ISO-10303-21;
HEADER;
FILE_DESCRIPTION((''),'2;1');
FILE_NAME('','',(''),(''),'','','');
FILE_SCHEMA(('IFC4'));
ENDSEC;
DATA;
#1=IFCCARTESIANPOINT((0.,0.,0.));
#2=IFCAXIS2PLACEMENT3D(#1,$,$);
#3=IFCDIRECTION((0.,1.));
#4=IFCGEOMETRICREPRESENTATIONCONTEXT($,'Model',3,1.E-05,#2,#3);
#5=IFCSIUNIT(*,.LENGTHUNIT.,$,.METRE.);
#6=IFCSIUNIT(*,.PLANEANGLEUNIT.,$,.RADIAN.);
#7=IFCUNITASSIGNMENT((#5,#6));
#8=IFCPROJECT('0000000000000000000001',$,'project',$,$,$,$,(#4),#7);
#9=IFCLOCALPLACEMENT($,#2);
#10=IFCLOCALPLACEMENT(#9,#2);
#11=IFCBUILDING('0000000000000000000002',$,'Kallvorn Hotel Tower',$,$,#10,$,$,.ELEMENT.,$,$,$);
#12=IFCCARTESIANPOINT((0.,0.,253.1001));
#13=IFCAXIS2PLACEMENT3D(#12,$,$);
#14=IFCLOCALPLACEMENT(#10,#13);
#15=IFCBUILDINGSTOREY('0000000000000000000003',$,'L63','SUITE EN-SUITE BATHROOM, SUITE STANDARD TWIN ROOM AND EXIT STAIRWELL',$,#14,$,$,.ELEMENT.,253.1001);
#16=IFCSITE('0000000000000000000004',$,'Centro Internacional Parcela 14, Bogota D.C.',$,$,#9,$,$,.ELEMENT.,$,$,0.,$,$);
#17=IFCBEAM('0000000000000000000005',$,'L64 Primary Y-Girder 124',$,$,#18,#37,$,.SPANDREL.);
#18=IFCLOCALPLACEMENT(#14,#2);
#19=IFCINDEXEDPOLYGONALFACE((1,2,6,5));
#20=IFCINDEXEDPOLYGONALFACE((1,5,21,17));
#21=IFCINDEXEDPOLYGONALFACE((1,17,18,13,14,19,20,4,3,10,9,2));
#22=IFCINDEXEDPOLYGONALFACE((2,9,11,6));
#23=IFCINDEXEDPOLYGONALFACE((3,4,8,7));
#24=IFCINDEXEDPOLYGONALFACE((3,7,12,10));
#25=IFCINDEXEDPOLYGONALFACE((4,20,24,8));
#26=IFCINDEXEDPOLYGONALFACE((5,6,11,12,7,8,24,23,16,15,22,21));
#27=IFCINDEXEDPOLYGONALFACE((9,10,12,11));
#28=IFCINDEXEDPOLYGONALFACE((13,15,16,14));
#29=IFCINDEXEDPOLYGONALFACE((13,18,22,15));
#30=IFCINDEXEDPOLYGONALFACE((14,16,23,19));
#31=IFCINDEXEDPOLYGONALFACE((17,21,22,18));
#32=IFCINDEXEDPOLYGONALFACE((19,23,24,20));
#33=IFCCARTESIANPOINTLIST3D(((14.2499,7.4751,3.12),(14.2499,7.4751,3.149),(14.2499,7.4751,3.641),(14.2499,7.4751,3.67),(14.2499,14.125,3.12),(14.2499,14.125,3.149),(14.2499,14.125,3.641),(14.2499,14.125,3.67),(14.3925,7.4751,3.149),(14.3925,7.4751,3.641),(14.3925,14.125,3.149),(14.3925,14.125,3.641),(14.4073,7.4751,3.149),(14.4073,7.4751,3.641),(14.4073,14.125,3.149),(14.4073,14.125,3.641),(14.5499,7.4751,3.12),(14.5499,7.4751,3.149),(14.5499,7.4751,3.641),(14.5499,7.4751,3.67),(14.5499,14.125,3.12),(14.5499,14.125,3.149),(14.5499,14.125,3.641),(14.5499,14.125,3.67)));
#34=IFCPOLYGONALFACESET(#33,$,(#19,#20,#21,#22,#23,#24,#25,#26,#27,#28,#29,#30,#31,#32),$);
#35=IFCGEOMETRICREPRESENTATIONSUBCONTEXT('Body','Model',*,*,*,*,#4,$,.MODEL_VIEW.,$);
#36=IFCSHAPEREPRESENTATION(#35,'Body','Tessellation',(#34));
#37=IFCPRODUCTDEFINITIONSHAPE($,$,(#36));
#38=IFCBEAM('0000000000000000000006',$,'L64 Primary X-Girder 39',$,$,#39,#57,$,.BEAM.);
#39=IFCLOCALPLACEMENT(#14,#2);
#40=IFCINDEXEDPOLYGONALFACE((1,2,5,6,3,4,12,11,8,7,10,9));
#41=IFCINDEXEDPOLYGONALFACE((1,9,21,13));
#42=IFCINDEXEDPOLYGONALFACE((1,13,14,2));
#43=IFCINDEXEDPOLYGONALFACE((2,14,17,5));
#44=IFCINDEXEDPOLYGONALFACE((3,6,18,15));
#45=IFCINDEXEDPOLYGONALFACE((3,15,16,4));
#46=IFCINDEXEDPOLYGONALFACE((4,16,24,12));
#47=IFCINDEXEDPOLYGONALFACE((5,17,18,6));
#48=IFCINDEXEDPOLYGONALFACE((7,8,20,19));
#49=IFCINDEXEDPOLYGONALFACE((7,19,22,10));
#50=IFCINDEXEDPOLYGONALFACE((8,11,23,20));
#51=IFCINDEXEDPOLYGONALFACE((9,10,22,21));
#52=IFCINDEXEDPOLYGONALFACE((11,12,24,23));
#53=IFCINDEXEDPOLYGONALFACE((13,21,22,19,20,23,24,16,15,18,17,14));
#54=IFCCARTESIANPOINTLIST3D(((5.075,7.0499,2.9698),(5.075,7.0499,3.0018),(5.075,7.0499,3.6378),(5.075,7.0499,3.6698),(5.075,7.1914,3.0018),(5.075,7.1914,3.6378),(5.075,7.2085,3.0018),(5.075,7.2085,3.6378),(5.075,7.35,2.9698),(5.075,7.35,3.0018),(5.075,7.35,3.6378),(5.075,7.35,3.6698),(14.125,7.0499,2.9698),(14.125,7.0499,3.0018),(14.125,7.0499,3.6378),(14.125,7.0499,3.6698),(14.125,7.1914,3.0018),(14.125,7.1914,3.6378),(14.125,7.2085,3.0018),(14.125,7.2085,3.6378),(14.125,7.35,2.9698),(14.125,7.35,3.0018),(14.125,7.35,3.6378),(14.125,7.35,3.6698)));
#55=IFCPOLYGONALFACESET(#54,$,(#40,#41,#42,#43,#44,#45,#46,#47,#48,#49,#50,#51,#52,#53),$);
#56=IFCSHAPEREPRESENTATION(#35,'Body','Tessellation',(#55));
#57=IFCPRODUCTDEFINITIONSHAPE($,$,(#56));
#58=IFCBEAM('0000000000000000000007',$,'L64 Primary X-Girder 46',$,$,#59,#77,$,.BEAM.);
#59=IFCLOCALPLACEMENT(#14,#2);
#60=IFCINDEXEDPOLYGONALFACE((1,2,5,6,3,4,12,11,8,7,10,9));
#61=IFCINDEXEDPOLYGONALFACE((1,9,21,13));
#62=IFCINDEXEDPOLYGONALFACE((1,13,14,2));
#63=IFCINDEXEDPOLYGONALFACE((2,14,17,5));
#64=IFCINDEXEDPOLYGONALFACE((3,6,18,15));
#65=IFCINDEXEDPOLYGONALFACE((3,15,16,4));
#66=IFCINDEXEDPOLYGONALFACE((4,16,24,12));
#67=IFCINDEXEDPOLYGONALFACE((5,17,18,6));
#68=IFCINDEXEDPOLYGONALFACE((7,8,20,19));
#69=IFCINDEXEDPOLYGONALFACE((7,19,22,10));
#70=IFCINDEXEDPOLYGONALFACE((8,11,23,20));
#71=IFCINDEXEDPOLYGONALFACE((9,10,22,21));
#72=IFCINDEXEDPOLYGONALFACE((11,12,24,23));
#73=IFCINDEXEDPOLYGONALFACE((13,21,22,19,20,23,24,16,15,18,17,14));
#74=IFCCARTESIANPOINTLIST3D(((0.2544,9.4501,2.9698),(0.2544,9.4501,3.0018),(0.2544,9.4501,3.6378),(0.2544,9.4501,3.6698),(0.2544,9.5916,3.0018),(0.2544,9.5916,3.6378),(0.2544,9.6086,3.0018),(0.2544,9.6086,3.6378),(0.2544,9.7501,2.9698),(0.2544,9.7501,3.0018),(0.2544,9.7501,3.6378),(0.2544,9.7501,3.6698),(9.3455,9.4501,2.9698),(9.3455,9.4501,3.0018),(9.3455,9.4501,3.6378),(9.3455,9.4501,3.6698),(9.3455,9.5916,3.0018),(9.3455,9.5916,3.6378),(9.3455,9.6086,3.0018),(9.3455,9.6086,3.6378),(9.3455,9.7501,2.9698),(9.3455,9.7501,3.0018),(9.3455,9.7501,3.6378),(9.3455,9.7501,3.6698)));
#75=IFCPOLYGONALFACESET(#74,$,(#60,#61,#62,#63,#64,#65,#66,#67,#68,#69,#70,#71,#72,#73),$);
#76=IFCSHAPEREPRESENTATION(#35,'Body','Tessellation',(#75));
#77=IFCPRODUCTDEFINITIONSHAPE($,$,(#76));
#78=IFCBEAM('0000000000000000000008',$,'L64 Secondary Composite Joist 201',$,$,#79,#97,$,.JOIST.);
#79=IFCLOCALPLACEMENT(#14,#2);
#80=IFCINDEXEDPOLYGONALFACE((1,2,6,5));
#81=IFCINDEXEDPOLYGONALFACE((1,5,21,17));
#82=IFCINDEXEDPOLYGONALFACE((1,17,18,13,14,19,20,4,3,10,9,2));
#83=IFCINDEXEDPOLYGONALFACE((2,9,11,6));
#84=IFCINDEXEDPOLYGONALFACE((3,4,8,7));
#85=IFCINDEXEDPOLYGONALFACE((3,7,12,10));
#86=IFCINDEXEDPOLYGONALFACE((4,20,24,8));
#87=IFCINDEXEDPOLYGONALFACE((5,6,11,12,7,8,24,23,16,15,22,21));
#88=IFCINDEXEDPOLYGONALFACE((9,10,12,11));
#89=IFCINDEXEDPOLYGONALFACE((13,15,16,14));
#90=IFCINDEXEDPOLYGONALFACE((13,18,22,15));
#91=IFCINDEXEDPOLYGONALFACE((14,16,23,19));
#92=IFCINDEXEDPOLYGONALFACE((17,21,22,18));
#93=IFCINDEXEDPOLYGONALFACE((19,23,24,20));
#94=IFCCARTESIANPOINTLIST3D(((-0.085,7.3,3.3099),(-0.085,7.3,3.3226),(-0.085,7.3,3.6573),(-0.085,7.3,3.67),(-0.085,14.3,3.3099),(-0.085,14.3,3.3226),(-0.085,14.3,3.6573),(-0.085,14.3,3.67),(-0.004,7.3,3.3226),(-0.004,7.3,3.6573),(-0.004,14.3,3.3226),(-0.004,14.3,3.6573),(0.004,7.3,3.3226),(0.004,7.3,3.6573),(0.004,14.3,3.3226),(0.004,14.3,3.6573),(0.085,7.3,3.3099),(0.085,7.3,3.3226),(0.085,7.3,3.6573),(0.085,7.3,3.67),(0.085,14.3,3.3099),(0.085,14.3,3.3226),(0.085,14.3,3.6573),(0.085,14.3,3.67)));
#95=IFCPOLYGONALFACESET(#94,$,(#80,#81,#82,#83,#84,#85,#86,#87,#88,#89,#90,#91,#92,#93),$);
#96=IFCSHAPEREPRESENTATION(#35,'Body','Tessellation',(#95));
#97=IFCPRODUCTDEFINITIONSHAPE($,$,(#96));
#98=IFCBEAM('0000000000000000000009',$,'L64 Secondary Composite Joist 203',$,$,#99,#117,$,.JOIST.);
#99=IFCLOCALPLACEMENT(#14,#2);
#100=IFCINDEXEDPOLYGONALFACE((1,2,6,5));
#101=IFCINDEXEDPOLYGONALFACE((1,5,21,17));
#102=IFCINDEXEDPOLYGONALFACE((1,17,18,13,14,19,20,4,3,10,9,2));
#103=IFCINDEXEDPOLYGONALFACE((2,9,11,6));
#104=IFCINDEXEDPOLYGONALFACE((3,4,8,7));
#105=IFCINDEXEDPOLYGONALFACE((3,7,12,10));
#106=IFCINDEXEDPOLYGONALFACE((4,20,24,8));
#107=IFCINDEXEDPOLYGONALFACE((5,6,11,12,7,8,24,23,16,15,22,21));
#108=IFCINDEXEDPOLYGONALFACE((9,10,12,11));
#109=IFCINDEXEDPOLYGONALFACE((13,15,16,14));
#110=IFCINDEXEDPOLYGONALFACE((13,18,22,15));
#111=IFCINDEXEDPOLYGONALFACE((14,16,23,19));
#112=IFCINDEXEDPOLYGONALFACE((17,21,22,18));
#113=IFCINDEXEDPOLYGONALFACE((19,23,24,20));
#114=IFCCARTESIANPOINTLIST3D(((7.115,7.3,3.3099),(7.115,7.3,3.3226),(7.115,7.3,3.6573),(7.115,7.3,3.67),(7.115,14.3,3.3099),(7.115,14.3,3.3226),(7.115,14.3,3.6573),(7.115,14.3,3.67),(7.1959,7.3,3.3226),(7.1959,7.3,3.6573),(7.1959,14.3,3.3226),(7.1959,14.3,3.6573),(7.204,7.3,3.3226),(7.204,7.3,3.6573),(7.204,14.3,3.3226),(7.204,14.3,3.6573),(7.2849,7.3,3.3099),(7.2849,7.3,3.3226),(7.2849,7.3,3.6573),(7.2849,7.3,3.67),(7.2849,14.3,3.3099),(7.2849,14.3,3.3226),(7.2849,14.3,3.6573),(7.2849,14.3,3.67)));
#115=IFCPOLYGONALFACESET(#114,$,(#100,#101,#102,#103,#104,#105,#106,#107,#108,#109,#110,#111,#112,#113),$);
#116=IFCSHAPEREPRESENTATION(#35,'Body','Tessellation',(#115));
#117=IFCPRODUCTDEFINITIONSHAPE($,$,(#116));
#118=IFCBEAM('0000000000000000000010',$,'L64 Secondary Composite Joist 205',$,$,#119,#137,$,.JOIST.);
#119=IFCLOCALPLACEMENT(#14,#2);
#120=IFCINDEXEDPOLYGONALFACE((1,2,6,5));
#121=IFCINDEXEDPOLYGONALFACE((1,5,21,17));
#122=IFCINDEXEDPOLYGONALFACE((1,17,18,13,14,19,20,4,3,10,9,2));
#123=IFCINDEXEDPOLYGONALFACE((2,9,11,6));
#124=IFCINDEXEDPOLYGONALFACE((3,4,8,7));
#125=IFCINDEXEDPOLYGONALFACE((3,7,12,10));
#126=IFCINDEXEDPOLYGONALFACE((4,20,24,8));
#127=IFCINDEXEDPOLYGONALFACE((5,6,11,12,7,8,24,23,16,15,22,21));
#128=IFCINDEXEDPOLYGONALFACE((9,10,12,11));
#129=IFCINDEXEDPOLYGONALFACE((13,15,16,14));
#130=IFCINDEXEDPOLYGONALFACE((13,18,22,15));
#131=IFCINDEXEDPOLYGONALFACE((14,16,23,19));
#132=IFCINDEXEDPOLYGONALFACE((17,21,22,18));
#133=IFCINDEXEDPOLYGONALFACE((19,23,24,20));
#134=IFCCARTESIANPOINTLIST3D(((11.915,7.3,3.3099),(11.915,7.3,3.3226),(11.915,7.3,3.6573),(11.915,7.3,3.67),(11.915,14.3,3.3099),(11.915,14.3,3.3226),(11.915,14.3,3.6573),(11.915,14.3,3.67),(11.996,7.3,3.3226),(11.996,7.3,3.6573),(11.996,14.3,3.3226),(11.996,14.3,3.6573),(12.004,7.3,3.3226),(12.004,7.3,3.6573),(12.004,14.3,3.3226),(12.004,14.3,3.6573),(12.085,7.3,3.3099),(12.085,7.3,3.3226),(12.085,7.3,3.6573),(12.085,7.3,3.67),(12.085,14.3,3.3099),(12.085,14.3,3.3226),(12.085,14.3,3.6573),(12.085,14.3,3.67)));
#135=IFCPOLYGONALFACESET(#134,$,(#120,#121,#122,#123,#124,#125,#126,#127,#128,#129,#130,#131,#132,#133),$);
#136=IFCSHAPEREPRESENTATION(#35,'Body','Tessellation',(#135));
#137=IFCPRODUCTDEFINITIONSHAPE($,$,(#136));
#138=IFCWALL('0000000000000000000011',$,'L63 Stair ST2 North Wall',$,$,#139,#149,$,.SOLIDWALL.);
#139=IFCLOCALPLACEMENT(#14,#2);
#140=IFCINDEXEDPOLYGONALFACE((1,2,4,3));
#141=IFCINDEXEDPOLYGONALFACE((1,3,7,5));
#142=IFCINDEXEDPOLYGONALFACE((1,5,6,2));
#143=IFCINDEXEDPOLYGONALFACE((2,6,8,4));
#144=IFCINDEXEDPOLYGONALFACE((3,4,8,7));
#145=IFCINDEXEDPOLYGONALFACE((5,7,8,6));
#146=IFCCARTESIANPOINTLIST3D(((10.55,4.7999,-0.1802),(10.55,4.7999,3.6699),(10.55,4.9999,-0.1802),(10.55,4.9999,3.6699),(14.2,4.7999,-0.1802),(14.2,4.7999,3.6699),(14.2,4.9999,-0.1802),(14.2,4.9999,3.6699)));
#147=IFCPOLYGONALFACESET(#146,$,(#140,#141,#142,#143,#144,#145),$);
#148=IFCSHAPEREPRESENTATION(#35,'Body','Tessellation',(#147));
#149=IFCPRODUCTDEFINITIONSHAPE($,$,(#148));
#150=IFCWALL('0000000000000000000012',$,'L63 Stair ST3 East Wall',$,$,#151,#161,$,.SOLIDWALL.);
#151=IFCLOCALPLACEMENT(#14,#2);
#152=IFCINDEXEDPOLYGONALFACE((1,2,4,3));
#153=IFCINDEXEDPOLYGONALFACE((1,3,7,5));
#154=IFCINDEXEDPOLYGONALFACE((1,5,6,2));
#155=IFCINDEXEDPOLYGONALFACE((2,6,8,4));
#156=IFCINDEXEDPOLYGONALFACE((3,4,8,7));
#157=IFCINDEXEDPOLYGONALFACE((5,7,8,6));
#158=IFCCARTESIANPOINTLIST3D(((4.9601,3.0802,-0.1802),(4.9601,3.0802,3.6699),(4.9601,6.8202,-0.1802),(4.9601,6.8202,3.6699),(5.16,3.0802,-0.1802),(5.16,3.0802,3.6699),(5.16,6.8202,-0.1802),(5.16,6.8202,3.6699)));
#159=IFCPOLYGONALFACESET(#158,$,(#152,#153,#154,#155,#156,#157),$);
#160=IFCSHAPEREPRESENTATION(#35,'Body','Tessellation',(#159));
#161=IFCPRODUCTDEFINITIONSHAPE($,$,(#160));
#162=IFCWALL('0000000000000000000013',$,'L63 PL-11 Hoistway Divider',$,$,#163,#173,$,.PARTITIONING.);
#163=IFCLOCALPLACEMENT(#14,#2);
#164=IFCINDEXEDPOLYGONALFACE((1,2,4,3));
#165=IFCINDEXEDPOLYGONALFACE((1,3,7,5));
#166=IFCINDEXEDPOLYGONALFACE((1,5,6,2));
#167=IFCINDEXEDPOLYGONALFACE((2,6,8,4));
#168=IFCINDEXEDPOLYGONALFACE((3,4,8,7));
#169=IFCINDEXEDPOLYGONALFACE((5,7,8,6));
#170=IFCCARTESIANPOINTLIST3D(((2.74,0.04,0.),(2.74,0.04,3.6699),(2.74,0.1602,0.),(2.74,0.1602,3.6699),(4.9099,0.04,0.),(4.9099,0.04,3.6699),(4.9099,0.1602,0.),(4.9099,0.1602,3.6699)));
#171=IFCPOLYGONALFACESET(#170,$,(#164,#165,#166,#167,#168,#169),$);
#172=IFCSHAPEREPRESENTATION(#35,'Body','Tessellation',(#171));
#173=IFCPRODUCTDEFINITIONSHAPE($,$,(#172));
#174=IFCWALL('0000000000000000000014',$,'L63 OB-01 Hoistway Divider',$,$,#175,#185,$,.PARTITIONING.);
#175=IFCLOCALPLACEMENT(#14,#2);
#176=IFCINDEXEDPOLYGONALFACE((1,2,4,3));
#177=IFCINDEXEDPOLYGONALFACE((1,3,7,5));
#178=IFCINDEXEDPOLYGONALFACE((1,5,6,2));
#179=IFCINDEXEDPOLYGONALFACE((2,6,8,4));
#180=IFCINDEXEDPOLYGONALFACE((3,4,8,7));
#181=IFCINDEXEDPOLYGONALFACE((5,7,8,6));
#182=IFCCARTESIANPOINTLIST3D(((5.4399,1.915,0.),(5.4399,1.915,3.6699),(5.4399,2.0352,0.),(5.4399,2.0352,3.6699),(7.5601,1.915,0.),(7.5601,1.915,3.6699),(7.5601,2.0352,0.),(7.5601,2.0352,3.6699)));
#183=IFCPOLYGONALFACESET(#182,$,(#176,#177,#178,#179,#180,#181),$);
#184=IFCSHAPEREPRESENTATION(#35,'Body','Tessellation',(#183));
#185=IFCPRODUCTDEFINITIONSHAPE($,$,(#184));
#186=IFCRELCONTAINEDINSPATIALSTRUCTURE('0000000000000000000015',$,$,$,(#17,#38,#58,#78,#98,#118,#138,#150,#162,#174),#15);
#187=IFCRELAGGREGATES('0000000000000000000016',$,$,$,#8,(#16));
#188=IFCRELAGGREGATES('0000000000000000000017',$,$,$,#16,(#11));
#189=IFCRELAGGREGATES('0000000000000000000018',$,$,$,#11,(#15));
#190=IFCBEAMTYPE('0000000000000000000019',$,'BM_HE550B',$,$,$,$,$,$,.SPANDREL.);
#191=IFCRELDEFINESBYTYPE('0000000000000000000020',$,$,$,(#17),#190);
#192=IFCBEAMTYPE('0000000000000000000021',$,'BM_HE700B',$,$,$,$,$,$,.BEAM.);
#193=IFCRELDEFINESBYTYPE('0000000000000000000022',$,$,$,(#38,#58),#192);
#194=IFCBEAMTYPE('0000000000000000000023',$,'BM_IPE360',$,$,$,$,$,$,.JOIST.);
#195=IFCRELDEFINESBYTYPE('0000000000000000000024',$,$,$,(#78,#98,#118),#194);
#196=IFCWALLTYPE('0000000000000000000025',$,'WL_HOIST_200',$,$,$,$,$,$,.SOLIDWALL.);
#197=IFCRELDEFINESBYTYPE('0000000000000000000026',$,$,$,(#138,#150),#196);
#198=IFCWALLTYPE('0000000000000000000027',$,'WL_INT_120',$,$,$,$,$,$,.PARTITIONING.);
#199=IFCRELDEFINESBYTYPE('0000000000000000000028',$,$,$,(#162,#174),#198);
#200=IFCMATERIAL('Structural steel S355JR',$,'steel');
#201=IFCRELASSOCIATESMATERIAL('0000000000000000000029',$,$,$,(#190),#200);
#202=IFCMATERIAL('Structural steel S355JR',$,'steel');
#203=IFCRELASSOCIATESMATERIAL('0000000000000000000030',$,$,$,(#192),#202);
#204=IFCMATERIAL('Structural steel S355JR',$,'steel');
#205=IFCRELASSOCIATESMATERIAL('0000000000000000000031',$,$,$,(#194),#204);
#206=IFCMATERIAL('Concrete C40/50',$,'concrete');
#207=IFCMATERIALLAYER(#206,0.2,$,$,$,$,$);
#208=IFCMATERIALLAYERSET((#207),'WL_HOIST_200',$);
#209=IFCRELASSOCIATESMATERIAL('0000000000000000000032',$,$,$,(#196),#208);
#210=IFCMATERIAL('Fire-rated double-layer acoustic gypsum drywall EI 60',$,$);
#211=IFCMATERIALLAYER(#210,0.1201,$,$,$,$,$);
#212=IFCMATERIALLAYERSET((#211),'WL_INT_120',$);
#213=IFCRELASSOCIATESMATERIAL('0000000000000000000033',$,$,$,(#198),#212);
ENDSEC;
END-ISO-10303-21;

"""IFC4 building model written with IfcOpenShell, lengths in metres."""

from ifc_helpers import new_model, si_unit, direction, frame, frame_2d, origin, origin_2d, place, context, subcontext, project, spatial, rectangle, i_section, extrude, material, layer, layer_set, material_profile, profile_set, type_object, element, save


model = new_model("IFC4")

# Units and contexts
model_context = context("Model", 3, precision=1e-05, world=origin(), true_north=direction((0.0, 1.0)))
body_context = subcontext(model_context, "Body", "Model", "MODEL_VIEW")
ifc_project = project(units=[si_unit("LENGTHUNIT", "METRE"), si_unit("PLANEANGLEUNIT", "RADIAN")], contexts=[model_context])

# Site, building, storey
site_placement = place(None, origin())
site = spatial("IfcSite", under=ifc_project, at=site_placement, Name="Centro Internacional Parcela 14, Bogota D.C.", CompositionType="ELEMENT", RefElevation=0.0)
building_placement = place(site_placement, origin())
building = spatial("IfcBuilding", under=site, at=building_placement, Name="Kallvorn Hotel Tower", CompositionType="ELEMENT")
storey_placement = place(building_placement, frame((0.0, 0.0, 253.1001)))
storey = spatial("IfcBuildingStorey", under=building, at=storey_placement, Name="L63", Description="SUITE EN-SUITE BATHROOM, SUITE STANDARD TWIN ROOM AND EXIT STAIRWELL", CompositionType="ELEMENT", Elevation=253.1001)

# Beams
ifc_material_1 = material(Name="Structural steel S355JR", Category="steel")
ifc_material_profile_1 = material_profile(ifc_material_1, i_section(OverallWidth=0.3, OverallDepth=0.55, WebThickness=0.0149, FlangeThickness=0.0291, at=origin_2d()), Name="HE 550 B")
ifc_profile_set_1 = profile_set([ifc_material_profile_1], Name="Structural steel S355JR")
beam_type_1 = type_object("IfcBeamType", Name="BM_HE550B", PredefinedType="SPANDREL", material=ifc_profile_set_1)
for number, where, z_axis, x_axis, name in (
    (1, (14.3999, 7.4751, 3.395), (0.0, 1.0, 0.0), (-1.0, 0.0, 0.0), "L64 Primary Y-Girder 124"),
):
    element("IfcBeam", number, at=place(storey_placement, frame(where, z_axis=z_axis, x_axis=x_axis)), inside=storey, type_object=beam_type_1, Name=name, PredefinedType="SPANDREL", context=body_context, shape_type="SweptSolid", body=[
        extrude(i_section(OverallWidth=0.3, OverallDepth=0.55, WebThickness=0.0149, FlangeThickness=0.0291, at=origin_2d()), origin(), (0.0, 0.0, 1.0), 6.6499),
    ])
ifc_material_2 = material(Name="Structural steel S355JR", Category="steel")
ifc_material_profile_2 = material_profile(ifc_material_2, i_section(OverallWidth=0.3, OverallDepth=0.7, WebThickness=0.0171, FlangeThickness=0.032, at=origin_2d()), Name="HE 700 B")
ifc_profile_set_2 = profile_set([ifc_material_profile_2], Name="Structural steel S355JR")
beam_type_2 = type_object("IfcBeamType", Name="BM_HE700B", PredefinedType="BEAM", material=ifc_profile_set_2)
beam_1_placement = place(storey_placement, frame((5.075, 7.2, 3.3198), z_axis=(1.0, 0.0, 0.0), x_axis=(0.0, 1.0, 0.0)))
element("IfcBeam", 2, at=beam_1_placement, inside=storey, type_object=beam_type_2, Name="L64 Primary X-Girder 39", PredefinedType="BEAM", context=body_context, shape_type="SweptSolid", body=[
    extrude(i_section(OverallWidth=0.3, OverallDepth=0.7, WebThickness=0.0171, FlangeThickness=0.032, at=origin_2d()), origin(), (0.0, 0.0, 1.0), 9.05),
])
beam_2_placement = place(storey_placement, frame((0.2544, 9.6001, 3.3198), z_axis=(1.0, 0.0, 0.0), x_axis=(0.0, 1.0, 0.0)))
element("IfcBeam", 3, at=beam_2_placement, inside=storey, type_object=beam_type_2, Name="L64 Primary X-Girder 46", PredefinedType="BEAM", context=body_context, shape_type="SweptSolid", body=[
    extrude(i_section(OverallWidth=0.3, OverallDepth=0.7, WebThickness=0.0171, FlangeThickness=0.032, at=origin_2d()), origin(), (0.0, 0.0, 1.0), 9.0911),
])
ifc_material_3 = material(Name="Structural steel S355JR", Category="steel")
ifc_material_profile_3 = material_profile(ifc_material_3, i_section(OverallWidth=0.1699, OverallDepth=0.3601, WebThickness=0.0081, FlangeThickness=0.0127, at=origin_2d()), Name="IPE 360")
ifc_profile_set_3 = profile_set([ifc_material_profile_3], Name="Structural steel S355JR")
beam_type_3 = type_object("IfcBeamType", Name="BM_IPE360", PredefinedType="JOIST", material=ifc_profile_set_3)
for number, where, z_axis, x_axis, name in (
    (4, (0.0, 7.3, 3.49), (0.0, 1.0, 0.0), (-1.0, 0.0, 0.0), "L64 Secondary Composite Joist 201"),
    (5, (7.2, 7.3, 3.49), (0.0, 1.0, 0.0), (-1.0, 0.0, 0.0), "L64 Secondary Composite Joist 203"),
    (6, (12.0, 7.3, 3.49), (0.0, 1.0, 0.0), (-1.0, 0.0, 0.0), "L64 Secondary Composite Joist 205"),
):
    element("IfcBeam", number, at=place(storey_placement, frame(where, z_axis=z_axis, x_axis=x_axis)), inside=storey, type_object=beam_type_3, Name=name, PredefinedType="JOIST", context=body_context, shape_type="SweptSolid", body=[
        extrude(i_section(OverallWidth=0.1699, OverallDepth=0.3601, WebThickness=0.0081, FlangeThickness=0.0127, at=origin_2d()), origin(), (0.0, 0.0, 1.0), 7.0),
    ])

# Walls
ifc_material_4 = material(Name="Concrete C40/50", Category="concrete")
ifc_layer_1 = layer(ifc_material_4, 0.2)
ifc_layer_set_1 = layer_set([ifc_layer_1], Name="WL_HOIST_200")
wall_type_1 = type_object("IfcWallType", Name="WL_HOIST_200", PredefinedType="SOLIDWALL", material=ifc_layer_set_1)
wall_1_placement = place(storey_placement, frame((10.55, 4.8999, -0.1802), z_axis=(0.0, 0.0, 1.0), x_axis=(1.0, 0.0, 0.0)))
element("IfcWall", 7, at=wall_1_placement, inside=storey, type_object=wall_type_1, Name="L63 Stair ST2 North Wall", PredefinedType="SOLIDWALL", context=body_context, shape_type="SweptSolid", body=[
    extrude(rectangle(XDim=3.6499, YDim=0.2, at=frame_2d((1.825, 0.0))), origin(), (0.0, 0.0, 1.0), 3.8501),
])
wall_2_placement = place(storey_placement, frame((5.0601, 3.0801, -0.1802), z_axis=(0.0, 0.0, 1.0), x_axis=(0.0, 1.0, 0.0)))
element("IfcWall", 8, at=wall_2_placement, inside=storey, type_object=wall_type_1, Name="L63 Stair ST3 East Wall", PredefinedType="SOLIDWALL", context=body_context, shape_type="SweptSolid", body=[
    extrude(rectangle(XDim=3.74, YDim=0.2, at=frame_2d((1.8701, 0.0))), origin(), (0.0, 0.0, 1.0), 3.8501),
])
ifc_material_5 = material(Name="Fire-rated double-layer acoustic gypsum drywall EI 60")
ifc_layer_2 = layer(ifc_material_5, 0.1201)
ifc_layer_set_2 = layer_set([ifc_layer_2], Name="WL_INT_120")
wall_type_2 = type_object("IfcWallType", Name="WL_INT_120", PredefinedType="PARTITIONING", material=ifc_layer_set_2)
wall_3_placement = place(storey_placement, frame((2.74, 0.1001, 0.0), z_axis=(0.0, 0.0, 1.0), x_axis=(1.0, 0.0, 0.0)))
element("IfcWall", 9, at=wall_3_placement, inside=storey, type_object=wall_type_2, Name="L63 PL-11 Hoistway Divider", PredefinedType="PARTITIONING", context=body_context, shape_type="SweptSolid", body=[
    extrude(rectangle(XDim=2.1699, YDim=0.1201, at=frame_2d((1.085, 0.0))), origin(), (0.0, 0.0, 1.0), 3.6699),
])
for number, where, z_axis, x_axis, name in (
    (10, (5.4399, 1.9751, 0.0), (0.0, 0.0, 1.0), (1.0, 0.0, 0.0), "L63 OB-01 Hoistway Divider"),
):
    element("IfcWall", number, at=place(storey_placement, frame(where, z_axis=z_axis, x_axis=x_axis)), inside=storey, type_object=wall_type_2, Name=name, PredefinedType="PARTITIONING", context=body_context, shape_type="SweptSolid", body=[
        extrude(rectangle(XDim=2.1201, YDim=0.1201, at=frame_2d((1.0601, 0.0))), origin(), (0.0, 0.0, 1.0), 3.6699),
    ])

save(model, "model.ifc")
